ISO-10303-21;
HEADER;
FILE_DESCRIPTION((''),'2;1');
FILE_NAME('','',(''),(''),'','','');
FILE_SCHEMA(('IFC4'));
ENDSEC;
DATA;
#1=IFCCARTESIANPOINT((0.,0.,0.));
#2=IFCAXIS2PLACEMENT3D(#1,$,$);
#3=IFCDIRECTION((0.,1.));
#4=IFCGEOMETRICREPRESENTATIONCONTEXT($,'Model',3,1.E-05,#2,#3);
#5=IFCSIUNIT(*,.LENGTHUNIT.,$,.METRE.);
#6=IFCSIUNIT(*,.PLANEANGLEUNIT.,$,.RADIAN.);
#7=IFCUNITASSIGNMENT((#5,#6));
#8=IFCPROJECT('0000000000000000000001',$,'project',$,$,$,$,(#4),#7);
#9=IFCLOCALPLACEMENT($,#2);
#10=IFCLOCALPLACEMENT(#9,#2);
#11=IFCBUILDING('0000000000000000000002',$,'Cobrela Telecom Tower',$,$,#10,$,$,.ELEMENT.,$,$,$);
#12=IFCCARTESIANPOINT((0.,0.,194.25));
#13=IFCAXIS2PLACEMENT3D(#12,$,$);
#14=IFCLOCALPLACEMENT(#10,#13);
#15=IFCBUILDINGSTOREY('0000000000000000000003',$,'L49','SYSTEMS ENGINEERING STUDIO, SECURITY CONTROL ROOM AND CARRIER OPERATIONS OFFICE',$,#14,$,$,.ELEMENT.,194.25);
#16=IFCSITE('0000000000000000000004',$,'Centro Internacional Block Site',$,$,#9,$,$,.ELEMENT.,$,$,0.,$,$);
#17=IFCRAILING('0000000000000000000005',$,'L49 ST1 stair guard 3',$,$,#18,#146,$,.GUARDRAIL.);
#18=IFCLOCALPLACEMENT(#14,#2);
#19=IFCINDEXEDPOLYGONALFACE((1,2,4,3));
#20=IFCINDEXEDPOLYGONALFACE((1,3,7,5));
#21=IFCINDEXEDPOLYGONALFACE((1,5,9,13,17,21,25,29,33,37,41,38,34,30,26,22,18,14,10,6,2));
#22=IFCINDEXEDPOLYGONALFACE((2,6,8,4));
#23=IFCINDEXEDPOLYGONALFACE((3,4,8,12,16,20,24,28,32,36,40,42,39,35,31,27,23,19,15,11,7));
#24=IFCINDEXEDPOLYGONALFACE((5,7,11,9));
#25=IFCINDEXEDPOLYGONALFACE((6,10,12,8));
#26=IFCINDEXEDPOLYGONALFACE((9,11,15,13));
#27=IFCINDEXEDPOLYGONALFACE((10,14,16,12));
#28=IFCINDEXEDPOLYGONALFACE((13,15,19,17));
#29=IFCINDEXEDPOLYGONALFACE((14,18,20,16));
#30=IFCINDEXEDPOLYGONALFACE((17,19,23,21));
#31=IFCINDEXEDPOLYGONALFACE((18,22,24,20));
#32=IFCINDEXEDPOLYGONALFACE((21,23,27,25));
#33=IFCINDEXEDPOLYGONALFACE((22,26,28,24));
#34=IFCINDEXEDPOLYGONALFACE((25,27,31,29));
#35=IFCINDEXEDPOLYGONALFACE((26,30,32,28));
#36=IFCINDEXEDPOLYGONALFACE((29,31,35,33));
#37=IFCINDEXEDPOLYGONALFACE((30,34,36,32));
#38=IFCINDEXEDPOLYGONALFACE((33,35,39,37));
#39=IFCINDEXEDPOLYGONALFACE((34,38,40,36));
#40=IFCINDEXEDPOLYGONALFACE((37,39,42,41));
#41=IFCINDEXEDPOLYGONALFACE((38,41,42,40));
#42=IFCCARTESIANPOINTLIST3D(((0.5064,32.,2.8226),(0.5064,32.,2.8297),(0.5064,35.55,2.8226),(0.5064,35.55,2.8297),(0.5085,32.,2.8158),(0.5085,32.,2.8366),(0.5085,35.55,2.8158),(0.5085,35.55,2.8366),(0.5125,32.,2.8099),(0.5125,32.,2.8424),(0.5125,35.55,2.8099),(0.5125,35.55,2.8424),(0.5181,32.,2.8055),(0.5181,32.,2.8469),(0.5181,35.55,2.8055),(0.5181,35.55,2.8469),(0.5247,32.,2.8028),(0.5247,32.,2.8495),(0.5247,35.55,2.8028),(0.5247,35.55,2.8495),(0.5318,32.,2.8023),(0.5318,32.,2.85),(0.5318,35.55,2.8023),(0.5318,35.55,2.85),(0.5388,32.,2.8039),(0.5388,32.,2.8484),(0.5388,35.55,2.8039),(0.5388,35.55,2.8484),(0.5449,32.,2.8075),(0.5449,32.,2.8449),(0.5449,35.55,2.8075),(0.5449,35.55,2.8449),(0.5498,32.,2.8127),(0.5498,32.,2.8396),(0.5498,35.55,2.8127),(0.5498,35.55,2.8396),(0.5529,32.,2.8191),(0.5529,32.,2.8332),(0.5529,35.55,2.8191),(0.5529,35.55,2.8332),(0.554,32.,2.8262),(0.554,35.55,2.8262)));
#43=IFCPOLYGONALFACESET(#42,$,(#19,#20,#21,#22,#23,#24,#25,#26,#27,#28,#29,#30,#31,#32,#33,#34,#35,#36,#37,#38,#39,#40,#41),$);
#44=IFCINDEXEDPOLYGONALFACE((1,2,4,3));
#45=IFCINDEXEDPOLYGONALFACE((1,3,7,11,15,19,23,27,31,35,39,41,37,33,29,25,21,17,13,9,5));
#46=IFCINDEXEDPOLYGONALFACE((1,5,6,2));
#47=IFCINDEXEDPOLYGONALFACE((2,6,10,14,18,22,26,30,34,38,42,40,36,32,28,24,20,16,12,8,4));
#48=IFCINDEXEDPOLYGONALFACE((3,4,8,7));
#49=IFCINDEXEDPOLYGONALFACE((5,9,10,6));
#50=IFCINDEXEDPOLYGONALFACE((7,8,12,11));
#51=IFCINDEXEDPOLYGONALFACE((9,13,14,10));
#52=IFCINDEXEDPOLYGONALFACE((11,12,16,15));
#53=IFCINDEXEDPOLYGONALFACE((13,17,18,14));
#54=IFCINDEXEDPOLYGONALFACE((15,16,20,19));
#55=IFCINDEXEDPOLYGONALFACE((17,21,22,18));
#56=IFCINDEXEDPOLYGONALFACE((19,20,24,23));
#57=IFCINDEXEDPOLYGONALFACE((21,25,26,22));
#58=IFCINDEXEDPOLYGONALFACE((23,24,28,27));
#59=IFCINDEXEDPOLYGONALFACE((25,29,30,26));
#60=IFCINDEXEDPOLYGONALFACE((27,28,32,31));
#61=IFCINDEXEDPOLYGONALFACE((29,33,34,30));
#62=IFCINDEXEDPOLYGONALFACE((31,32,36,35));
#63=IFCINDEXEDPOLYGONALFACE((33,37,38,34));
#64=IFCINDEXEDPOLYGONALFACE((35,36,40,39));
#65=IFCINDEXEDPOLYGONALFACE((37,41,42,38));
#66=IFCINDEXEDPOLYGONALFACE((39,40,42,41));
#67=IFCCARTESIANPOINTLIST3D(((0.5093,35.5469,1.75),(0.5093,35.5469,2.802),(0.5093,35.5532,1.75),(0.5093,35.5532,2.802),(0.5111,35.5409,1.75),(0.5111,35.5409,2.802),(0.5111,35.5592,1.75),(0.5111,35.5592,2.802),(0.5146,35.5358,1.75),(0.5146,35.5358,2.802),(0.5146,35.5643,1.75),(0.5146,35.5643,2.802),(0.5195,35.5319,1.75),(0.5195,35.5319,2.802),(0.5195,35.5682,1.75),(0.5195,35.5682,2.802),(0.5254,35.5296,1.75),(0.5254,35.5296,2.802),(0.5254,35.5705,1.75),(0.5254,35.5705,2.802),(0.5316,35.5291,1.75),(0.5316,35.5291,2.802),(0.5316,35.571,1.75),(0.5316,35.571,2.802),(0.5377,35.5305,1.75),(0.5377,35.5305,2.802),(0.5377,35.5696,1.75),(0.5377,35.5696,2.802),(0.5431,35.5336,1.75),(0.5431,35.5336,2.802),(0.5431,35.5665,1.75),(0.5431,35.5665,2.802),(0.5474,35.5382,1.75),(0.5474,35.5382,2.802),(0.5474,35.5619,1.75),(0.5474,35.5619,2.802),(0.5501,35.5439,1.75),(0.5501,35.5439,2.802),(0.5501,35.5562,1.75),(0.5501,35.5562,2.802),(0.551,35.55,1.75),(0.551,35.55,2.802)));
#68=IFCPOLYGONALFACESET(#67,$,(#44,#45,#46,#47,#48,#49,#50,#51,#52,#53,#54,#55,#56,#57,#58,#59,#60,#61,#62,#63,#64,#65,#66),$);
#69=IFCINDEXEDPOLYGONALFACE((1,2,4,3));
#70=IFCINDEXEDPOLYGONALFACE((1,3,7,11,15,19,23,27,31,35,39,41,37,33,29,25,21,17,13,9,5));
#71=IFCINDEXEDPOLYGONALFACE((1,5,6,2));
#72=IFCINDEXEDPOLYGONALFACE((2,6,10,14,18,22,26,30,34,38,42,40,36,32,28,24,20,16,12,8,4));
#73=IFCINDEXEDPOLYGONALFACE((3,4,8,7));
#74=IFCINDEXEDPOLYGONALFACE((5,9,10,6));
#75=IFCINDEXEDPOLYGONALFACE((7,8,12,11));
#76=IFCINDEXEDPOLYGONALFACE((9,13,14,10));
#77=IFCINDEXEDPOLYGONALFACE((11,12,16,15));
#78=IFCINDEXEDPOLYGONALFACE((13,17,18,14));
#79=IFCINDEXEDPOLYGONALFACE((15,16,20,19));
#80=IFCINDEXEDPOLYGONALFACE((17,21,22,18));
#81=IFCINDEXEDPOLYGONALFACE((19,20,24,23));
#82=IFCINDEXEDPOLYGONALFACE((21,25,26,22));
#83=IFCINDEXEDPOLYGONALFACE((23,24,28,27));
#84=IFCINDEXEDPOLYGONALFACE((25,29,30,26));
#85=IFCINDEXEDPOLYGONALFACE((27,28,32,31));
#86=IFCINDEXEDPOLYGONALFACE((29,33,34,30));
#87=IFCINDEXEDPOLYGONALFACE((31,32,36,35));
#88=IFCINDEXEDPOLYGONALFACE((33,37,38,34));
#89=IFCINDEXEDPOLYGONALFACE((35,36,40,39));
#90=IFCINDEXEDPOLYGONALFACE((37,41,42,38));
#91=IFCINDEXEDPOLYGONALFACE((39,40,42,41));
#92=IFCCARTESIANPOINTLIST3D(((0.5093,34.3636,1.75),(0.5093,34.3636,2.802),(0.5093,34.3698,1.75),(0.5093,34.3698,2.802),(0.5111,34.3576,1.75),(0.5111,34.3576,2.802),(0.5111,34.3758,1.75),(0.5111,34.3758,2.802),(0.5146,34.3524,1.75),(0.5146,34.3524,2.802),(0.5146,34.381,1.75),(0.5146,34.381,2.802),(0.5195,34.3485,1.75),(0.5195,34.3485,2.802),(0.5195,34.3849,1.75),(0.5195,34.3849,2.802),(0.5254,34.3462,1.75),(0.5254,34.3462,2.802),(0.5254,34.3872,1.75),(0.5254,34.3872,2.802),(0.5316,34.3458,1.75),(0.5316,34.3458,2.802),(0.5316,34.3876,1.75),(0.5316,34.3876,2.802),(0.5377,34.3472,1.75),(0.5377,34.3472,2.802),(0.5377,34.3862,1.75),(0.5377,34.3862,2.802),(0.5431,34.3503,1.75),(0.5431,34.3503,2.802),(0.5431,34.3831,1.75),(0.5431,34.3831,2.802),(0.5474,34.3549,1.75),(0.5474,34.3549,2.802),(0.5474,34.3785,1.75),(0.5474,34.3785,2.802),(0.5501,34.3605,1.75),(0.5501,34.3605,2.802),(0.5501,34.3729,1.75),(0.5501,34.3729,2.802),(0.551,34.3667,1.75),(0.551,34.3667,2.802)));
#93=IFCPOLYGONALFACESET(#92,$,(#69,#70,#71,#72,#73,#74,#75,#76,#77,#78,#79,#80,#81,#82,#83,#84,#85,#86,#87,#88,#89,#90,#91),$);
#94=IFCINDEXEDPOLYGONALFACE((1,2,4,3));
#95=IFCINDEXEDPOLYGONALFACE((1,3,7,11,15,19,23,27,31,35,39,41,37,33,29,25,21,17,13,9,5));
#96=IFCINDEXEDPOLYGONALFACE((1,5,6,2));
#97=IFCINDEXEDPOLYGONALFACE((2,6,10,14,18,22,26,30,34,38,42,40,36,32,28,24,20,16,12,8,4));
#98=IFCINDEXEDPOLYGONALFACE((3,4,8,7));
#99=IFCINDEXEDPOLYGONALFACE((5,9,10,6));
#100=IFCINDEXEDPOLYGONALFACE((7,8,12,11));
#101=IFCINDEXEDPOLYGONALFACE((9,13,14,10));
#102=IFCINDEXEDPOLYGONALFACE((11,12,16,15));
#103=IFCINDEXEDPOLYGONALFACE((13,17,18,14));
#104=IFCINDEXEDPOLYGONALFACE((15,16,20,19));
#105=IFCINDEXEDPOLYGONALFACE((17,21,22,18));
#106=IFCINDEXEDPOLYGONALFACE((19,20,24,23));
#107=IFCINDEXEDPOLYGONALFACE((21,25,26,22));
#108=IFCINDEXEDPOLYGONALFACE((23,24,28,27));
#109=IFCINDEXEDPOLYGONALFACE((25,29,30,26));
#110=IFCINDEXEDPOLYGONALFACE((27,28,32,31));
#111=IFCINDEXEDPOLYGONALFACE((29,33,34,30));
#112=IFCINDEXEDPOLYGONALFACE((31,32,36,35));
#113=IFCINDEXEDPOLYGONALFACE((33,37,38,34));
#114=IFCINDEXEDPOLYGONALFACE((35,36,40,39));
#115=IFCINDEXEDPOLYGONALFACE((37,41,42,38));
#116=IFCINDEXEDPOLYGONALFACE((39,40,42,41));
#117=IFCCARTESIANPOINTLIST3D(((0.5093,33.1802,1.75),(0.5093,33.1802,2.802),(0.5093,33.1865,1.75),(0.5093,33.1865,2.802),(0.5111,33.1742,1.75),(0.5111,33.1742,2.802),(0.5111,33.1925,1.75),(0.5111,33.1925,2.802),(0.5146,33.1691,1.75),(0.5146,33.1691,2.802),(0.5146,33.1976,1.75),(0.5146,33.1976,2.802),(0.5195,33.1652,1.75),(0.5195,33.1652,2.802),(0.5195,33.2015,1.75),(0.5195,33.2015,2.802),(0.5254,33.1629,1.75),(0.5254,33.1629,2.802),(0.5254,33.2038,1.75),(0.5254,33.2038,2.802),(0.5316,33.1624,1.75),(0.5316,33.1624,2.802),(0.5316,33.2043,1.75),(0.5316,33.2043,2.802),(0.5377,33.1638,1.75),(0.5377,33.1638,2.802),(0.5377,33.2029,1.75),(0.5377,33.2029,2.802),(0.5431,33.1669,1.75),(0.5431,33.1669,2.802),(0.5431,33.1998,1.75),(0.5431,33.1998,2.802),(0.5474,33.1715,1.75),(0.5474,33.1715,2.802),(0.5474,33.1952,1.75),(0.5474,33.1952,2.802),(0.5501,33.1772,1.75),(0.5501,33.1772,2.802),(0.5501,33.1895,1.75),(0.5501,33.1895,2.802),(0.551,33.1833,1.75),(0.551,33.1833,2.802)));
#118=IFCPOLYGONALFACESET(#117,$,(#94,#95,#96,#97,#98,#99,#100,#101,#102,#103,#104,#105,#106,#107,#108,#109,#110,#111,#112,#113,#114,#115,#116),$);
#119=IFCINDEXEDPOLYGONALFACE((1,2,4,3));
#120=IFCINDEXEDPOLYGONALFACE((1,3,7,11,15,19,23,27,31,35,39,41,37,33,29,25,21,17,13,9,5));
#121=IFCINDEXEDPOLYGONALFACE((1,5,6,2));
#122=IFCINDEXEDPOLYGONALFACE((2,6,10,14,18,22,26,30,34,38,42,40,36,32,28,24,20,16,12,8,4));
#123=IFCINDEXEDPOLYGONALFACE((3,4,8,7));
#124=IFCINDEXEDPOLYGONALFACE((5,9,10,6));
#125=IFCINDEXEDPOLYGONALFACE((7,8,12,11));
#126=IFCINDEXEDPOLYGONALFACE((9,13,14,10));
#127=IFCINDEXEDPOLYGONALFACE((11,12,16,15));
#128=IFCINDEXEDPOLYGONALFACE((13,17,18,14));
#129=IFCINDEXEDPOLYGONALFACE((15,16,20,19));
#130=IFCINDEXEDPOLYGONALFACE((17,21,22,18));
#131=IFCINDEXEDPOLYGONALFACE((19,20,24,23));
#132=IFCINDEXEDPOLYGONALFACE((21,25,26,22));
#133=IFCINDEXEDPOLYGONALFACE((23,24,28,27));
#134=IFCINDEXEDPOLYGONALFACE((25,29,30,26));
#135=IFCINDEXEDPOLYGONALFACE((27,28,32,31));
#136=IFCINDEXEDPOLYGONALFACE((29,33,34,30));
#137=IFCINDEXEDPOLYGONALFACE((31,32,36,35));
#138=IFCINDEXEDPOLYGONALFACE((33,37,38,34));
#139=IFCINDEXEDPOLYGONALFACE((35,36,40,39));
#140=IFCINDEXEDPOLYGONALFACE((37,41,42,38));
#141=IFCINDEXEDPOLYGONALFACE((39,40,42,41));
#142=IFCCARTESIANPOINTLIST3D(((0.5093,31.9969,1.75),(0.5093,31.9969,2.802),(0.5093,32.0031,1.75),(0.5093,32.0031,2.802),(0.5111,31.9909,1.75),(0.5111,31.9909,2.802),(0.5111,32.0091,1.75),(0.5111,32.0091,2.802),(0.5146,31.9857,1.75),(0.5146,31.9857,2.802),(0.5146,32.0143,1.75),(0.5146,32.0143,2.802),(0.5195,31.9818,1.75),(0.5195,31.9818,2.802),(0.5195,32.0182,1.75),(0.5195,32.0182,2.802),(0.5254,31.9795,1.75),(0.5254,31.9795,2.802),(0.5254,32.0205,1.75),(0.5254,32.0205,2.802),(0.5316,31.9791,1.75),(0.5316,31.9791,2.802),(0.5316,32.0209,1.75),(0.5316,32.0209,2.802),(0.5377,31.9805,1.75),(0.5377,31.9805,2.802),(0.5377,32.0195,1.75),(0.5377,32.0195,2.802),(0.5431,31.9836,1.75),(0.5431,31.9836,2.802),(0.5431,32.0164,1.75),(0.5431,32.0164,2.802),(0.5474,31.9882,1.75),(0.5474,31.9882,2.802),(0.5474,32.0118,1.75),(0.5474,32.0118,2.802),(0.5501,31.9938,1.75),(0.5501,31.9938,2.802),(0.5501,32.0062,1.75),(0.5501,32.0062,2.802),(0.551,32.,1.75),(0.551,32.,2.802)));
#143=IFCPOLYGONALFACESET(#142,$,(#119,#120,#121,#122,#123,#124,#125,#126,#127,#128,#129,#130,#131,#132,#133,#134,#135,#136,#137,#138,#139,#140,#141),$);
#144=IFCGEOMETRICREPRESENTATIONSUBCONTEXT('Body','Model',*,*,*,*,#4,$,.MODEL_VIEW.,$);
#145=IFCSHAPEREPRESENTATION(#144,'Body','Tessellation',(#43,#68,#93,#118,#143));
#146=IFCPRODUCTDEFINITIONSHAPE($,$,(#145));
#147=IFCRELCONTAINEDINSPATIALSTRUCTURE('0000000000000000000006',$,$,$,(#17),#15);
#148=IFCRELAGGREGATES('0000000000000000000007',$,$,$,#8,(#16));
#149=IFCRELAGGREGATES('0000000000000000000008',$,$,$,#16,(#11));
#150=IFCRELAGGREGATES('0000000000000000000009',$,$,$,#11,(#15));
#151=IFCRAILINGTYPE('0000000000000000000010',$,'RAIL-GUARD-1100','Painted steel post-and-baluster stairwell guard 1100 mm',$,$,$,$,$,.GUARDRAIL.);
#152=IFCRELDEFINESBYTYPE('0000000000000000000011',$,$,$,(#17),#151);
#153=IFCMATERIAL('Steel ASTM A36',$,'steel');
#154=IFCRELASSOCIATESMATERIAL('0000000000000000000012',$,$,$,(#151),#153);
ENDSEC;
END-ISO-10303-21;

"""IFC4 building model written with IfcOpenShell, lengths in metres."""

from ifc_helpers import new_model, si_unit, direction, frame, origin, origin_2d, place, context, subcontext, project, spatial, circle, extrude, material, type_object, element, save


model = new_model("IFC4")

# Units and contexts
model_context = context("Model", 3, precision=1e-05, world=origin(), true_north=direction((0.0, 1.0)))
body_context = subcontext(model_context, "Body", "Model", "MODEL_VIEW")
ifc_project = project(units=[si_unit("LENGTHUNIT", "METRE"), si_unit("PLANEANGLEUNIT", "RADIAN")], contexts=[model_context])

# Site, building, storey
site_placement = place(None, origin())
site = spatial("IfcSite", under=ifc_project, at=site_placement, Name="Centro Internacional Block Site", CompositionType="ELEMENT", RefElevation=0.0)
building_placement = place(site_placement, origin())
building = spatial("IfcBuilding", under=site, at=building_placement, Name="Cobrela Telecom Tower", CompositionType="ELEMENT")
storey_placement = place(building_placement, frame((0.0, 0.0, 194.25)))
storey = spatial("IfcBuildingStorey", under=building, at=storey_placement, Name="L49", Description="SYSTEMS ENGINEERING STUDIO, SECURITY CONTROL ROOM AND CARRIER OPERATIONS OFFICE", CompositionType="ELEMENT", Elevation=194.25)

# Shared definitions
ifc_material_1 = material(Name="Steel ASTM A36", Category="steel")

# Railing
railing_type_1 = type_object("IfcRailingType", Name="RAIL-GUARD-1100", Description="Painted steel post-and-baluster stairwell guard 1100 mm", PredefinedType="GUARDRAIL", material=ifc_material_1)
railing_1_placement = place(storey_placement, frame((0.53, 35.55, 1.75)))
element("IfcRailing", 1, at=railing_1_placement, inside=storey, type_object=railing_type_1, Name="L49 ST1 stair guard 3", PredefinedType="GUARDRAIL", context=body_context, shape_type="SweptSolid", body=[
    extrude(circle(Radius=0.0239, at=origin_2d()), frame((0.0, 0.0, 1.0762), z_axis=(0.0, -1.0, 0.0), x_axis=(1.0, 0.0, 0.0)), (0.0, 0.0, 1.0), 3.55),
    extrude(circle(Radius=0.021, at=origin_2d()), origin(), (0.0, 0.0, 1.0), 1.052),
    extrude(circle(Radius=0.021, at=origin_2d()), frame((0.0, -1.1833, 0.0)), (0.0, 0.0, 1.0), 1.052),
    extrude(circle(Radius=0.021, at=origin_2d()), frame((0.0, -2.3667, 0.0)), (0.0, 0.0, 1.0), 1.052),
    extrude(circle(Radius=0.021, at=origin_2d()), frame((0.0, -3.55, 0.0)), (0.0, 0.0, 1.0), 1.052),
])

save(model, "model.ifc")
